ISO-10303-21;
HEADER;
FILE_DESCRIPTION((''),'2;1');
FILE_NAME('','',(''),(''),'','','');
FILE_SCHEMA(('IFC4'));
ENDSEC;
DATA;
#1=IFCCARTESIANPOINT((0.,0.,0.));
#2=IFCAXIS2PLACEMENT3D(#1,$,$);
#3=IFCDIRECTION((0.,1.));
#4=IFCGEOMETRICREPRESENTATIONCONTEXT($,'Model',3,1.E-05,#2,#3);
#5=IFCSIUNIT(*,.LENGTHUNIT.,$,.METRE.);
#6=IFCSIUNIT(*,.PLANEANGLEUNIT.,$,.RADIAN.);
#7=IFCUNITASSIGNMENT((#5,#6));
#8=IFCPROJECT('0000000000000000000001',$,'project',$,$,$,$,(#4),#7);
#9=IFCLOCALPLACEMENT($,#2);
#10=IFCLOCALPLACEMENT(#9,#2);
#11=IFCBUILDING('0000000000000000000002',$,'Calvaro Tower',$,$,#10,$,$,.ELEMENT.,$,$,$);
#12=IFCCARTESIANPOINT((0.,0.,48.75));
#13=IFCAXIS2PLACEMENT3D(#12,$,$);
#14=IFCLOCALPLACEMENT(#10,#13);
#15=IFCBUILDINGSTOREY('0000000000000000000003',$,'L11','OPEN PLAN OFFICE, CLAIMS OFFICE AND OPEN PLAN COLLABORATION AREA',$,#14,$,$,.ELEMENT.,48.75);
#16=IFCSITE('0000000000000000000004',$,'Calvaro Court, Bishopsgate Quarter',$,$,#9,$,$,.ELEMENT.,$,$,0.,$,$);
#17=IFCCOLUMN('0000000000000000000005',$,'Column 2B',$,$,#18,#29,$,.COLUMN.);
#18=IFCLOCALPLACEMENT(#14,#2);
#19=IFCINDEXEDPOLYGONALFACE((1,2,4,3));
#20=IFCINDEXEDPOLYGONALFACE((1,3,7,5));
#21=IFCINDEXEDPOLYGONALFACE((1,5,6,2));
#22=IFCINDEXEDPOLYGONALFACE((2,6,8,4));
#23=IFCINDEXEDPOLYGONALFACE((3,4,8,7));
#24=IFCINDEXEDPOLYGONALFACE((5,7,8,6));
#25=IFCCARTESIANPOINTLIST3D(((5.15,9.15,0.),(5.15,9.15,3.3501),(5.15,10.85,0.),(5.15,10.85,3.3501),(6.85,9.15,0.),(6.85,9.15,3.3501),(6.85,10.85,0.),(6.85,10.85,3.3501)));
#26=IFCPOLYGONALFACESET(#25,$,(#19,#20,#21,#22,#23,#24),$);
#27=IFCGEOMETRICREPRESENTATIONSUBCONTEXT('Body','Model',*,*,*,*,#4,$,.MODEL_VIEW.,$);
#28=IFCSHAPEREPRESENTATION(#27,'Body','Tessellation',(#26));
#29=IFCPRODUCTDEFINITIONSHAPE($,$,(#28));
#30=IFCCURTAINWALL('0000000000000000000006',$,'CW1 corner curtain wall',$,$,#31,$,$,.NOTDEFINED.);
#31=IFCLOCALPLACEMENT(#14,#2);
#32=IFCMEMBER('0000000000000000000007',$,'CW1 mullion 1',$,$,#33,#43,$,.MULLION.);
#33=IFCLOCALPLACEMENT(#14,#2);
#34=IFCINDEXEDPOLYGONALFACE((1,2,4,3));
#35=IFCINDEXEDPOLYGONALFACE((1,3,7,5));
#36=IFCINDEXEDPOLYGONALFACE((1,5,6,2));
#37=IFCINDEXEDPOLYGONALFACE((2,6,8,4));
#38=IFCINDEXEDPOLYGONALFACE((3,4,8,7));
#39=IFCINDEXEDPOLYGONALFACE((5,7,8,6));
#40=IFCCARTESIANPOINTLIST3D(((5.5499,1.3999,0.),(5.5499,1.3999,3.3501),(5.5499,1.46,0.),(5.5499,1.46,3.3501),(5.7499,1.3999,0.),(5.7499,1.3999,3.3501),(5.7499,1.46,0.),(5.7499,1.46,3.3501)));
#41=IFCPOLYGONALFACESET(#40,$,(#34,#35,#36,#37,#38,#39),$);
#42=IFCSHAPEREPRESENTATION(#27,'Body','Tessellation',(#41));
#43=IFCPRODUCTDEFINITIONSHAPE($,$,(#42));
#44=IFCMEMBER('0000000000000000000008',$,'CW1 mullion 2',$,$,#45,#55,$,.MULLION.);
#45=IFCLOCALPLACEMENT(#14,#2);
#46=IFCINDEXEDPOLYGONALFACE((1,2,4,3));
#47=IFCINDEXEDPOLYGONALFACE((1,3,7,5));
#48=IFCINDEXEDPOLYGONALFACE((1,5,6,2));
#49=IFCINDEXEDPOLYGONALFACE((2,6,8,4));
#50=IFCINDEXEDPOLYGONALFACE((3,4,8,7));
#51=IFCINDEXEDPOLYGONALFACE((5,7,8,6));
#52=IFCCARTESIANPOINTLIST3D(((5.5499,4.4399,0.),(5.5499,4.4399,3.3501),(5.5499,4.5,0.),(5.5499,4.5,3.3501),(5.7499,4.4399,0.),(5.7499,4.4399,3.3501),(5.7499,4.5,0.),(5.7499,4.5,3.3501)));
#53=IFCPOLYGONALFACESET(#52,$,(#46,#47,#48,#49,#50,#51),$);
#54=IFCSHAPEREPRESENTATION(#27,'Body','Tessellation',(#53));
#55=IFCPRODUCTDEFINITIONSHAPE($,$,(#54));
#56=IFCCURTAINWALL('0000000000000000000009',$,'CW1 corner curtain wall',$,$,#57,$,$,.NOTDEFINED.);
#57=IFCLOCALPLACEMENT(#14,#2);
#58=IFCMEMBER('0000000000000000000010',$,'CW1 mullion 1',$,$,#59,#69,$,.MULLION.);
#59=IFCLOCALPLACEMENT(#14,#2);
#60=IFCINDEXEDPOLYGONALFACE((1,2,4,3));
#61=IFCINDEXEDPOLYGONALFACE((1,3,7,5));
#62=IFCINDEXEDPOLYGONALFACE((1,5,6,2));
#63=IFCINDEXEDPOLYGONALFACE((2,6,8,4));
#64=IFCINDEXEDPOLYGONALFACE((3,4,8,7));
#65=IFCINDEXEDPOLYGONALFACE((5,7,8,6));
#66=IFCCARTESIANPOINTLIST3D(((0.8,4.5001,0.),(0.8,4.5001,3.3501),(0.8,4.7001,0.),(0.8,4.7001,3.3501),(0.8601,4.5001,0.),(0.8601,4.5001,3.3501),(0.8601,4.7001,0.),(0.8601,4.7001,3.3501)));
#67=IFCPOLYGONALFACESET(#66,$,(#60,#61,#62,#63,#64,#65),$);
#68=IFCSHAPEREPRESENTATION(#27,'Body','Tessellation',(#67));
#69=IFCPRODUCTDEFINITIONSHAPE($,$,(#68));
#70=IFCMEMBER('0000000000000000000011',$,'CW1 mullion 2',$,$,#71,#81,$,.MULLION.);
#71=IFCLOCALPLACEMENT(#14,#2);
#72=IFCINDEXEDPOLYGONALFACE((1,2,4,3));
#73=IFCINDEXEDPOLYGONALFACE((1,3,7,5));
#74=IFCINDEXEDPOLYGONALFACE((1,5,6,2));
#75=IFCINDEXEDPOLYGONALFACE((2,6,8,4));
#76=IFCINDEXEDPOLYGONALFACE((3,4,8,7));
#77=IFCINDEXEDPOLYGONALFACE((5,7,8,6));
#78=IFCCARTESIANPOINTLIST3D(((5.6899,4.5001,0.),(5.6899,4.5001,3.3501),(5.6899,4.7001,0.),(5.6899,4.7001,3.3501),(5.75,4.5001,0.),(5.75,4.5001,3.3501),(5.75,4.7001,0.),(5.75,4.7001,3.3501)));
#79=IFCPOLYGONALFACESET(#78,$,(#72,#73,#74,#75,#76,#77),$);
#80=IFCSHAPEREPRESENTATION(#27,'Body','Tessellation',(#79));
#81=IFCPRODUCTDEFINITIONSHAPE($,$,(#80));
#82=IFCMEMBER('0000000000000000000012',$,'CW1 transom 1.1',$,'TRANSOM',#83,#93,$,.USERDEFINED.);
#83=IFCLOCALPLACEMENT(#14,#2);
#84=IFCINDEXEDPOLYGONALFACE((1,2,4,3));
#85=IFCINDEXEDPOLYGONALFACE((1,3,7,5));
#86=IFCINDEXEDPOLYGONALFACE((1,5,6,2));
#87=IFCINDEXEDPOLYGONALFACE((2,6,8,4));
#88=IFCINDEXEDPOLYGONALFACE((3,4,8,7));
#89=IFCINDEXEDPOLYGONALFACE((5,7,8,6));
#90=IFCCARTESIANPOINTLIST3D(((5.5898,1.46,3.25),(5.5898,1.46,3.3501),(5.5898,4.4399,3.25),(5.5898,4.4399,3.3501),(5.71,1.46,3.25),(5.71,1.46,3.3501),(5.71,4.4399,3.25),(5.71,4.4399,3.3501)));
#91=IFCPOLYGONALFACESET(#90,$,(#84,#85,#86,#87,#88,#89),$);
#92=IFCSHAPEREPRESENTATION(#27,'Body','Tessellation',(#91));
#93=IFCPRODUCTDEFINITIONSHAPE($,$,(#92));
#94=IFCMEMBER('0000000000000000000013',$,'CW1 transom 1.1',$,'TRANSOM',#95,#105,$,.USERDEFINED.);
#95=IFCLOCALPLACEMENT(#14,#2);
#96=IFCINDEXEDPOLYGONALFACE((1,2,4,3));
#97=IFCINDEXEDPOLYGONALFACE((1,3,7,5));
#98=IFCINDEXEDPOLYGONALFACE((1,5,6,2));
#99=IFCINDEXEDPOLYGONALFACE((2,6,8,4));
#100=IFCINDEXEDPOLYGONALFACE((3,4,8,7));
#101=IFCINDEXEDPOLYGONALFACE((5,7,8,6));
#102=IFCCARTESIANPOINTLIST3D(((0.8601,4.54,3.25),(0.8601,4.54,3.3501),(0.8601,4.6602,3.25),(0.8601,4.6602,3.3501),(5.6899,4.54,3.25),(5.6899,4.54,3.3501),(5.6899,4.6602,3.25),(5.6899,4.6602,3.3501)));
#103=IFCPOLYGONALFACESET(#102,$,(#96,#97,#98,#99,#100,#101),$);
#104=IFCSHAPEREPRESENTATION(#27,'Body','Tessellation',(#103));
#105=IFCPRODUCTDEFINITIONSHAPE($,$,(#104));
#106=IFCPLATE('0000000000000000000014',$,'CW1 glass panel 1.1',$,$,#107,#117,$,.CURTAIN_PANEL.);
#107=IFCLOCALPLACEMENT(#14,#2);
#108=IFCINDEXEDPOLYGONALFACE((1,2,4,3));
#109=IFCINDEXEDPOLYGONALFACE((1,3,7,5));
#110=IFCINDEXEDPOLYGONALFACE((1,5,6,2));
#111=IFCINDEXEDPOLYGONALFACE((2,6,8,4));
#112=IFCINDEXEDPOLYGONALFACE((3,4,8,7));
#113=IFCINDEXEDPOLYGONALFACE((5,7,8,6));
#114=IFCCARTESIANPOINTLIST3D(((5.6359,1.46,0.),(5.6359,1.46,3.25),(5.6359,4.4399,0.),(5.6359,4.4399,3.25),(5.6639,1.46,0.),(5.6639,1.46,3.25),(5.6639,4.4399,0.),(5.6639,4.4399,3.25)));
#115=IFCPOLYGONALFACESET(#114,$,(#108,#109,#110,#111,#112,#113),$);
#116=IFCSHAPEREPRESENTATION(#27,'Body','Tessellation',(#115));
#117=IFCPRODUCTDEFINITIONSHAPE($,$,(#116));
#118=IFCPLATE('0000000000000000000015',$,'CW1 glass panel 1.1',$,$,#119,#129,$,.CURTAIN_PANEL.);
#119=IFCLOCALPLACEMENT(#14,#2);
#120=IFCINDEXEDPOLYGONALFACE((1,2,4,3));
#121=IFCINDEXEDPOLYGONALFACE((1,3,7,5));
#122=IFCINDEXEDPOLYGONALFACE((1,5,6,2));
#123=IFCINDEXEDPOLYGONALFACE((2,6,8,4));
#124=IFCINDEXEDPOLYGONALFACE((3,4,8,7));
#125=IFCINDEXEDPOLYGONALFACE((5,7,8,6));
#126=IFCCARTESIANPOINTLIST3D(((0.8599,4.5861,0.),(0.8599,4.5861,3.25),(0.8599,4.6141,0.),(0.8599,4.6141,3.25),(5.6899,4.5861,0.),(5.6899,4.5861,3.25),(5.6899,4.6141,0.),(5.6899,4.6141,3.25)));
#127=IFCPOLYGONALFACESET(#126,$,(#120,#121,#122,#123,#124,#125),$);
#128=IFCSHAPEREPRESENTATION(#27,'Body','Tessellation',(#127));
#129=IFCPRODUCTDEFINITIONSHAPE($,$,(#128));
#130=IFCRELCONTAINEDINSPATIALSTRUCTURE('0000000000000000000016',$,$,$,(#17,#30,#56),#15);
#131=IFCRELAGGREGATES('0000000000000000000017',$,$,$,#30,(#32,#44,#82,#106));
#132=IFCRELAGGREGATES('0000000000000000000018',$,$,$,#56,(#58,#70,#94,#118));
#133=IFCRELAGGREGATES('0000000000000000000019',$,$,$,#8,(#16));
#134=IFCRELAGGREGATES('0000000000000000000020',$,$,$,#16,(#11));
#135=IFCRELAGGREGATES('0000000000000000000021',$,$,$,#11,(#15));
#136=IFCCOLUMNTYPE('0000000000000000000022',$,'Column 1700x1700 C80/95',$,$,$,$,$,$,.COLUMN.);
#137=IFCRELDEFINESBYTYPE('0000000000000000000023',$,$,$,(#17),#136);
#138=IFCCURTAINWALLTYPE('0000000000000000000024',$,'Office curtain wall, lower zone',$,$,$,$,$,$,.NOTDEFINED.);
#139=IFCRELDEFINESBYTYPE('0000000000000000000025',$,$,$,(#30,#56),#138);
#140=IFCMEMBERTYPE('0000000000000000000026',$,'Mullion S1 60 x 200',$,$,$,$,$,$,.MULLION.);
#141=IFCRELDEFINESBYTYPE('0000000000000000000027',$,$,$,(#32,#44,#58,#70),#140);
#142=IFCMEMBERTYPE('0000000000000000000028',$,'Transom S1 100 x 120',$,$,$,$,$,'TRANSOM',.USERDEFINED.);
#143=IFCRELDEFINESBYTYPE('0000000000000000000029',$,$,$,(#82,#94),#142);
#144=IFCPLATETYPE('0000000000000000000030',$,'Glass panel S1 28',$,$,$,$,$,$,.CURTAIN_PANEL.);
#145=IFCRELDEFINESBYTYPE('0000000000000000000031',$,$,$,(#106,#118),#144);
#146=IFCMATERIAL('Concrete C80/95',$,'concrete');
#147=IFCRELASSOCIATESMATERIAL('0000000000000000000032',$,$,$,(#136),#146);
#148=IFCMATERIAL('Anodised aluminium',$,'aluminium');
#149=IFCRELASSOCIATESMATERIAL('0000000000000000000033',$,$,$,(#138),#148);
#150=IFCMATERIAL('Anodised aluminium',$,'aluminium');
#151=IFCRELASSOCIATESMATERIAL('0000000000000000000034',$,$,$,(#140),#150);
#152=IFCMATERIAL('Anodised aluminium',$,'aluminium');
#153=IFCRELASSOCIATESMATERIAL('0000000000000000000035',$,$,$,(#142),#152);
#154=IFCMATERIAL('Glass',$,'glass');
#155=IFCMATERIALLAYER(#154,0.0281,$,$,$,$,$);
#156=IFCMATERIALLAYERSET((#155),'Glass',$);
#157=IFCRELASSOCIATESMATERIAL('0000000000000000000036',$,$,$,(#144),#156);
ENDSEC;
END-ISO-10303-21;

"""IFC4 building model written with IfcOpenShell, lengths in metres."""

from ifc_helpers import new_model, si_unit, direction, frame, origin, origin_2d, place, context, subcontext, project, spatial, rectangle, extrude, material, layer, layer_set, material_profile, profile_set, type_object, element, aggregate, save


model = new_model("IFC4")

# Units and contexts
model_context = context("Model", 3, precision=1e-05, world=origin(), true_north=direction((0.0, 1.0)))
body_context = subcontext(model_context, "Body", "Model", "MODEL_VIEW")
ifc_project = project(units=[si_unit("LENGTHUNIT", "METRE"), si_unit("PLANEANGLEUNIT", "RADIAN")], contexts=[model_context])

# Site, building, storey
site_placement = place(None, origin())
site = spatial("IfcSite", under=ifc_project, at=site_placement, Name="Calvaro Court, Bishopsgate Quarter", CompositionType="ELEMENT", RefElevation=0.0)
building_placement = place(site_placement, origin())
building = spatial("IfcBuilding", under=site, at=building_placement, Name="Calvaro Tower", CompositionType="ELEMENT")
storey_placement = place(building_placement, frame((0.0, 0.0, 48.75)))
storey = spatial("IfcBuildingStorey", under=building, at=storey_placement, Name="L11", Description="OPEN PLAN OFFICE, CLAIMS OFFICE AND OPEN PLAN COLLABORATION AREA", CompositionType="ELEMENT", Elevation=48.75)

# Column
ifc_material_1 = material(Name="Concrete C80/95", Category="concrete")
ifc_material_profile_1 = material_profile(ifc_material_1, rectangle(XDim=1.7, YDim=1.7, at=origin_2d()), Name="RC 1700x1700")
ifc_profile_set_1 = profile_set([ifc_material_profile_1], Name="Concrete C80/95")
column_type = type_object("IfcColumnType", Name="Column 1700x1700 C80/95", PredefinedType="COLUMN", material=ifc_profile_set_1)
column_placement = place(storey_placement, frame((6.0, 10.0, 0.0), z_axis=(0.0, 0.0, 1.0), x_axis=(1.0, 0.0, 0.0)))
element("IfcColumn", 1, at=column_placement, inside=storey, type_object=column_type, Name="Column 2B", PredefinedType="COLUMN", context=body_context, shape_type="SweptSolid", body=[
    extrude(rectangle(XDim=1.7, YDim=1.7, at=origin_2d()), origin(), (0.0, 0.0, 1.0), 3.3501),
])

# Curtain walls, members
ifc_material_2 = material(Name="Anodised aluminium", Category="aluminium")
curtain_wall_type = type_object("IfcCurtainWallType", Name="Office curtain wall, lower zone", PredefinedType="NOTDEFINED", material=ifc_material_2)
curtain_wall_1_placement = place(storey_placement, origin())
curtain_wall_1 = element("IfcCurtainWall", 2, at=curtain_wall_1_placement, inside=storey, type_object=curtain_wall_type, Name="CW1 corner curtain wall", PredefinedType="NOTDEFINED")
ifc_material_3 = material(Name="Anodised aluminium", Category="aluminium")
ifc_material_profile_2 = material_profile(ifc_material_3, rectangle(XDim=0.2, YDim=0.0601, at=origin_2d()), Name="Mullion S1 60 x 200")
ifc_profile_set_2 = profile_set([ifc_material_profile_2], Name="Anodised aluminium")
member_type_1 = type_object("IfcMemberType", Name="Mullion S1 60 x 200", PredefinedType="MULLION", material=ifc_profile_set_2)
member_1_placement = place(storey_placement, frame((5.6499, 1.4299, 0.0), z_axis=(0.0, 0.0, 1.0), x_axis=(-1.0, 0.0, 0.0)))
member_1 = element("IfcMember", 3, at=member_1_placement, type_object=member_type_1, Name="CW1 mullion 1", PredefinedType="MULLION", context=body_context, shape_type="SweptSolid", body=[
    extrude(rectangle(XDim=0.2, YDim=0.0601, at=origin_2d()), origin(), (0.0, 0.0, 1.0), 3.3501),
])
member_2_placement = place(storey_placement, frame((5.6499, 4.47, 0.0), z_axis=(0.0, 0.0, 1.0), x_axis=(-1.0, 0.0, 0.0)))
member_2 = element("IfcMember", 4, at=member_2_placement, type_object=member_type_1, Name="CW1 mullion 2", PredefinedType="MULLION", context=body_context, shape_type="SweptSolid", body=[
    extrude(rectangle(XDim=0.2, YDim=0.0601, at=origin_2d()), origin(), (0.0, 0.0, 1.0), 3.3501),
])
curtain_wall_2_placement = place(storey_placement, origin())
curtain_wall_2 = element("IfcCurtainWall", 5, at=curtain_wall_2_placement, inside=storey, type_object=curtain_wall_type, Name="CW1 corner curtain wall", PredefinedType="NOTDEFINED")
member_3_placement = place(storey_placement, frame((0.8301, 4.6001, 0.0), z_axis=(0.0, 0.0, 1.0), x_axis=(0.0, 1.0, 0.0)))
member_3 = element("IfcMember", 6, at=member_3_placement, type_object=member_type_1, Name="CW1 mullion 1", PredefinedType="MULLION", context=body_context, shape_type="SweptSolid", body=[
    extrude(rectangle(XDim=0.2, YDim=0.0601, at=origin_2d()), origin(), (0.0, 0.0, 1.0), 3.3501),
])
member_4_placement = place(storey_placement, frame((5.72, 4.6001, 0.0), z_axis=(0.0, 0.0, 1.0), x_axis=(0.0, 1.0, 0.0)))
member_4 = element("IfcMember", 7, at=member_4_placement, type_object=member_type_1, Name="CW1 mullion 2", PredefinedType="MULLION", context=body_context, shape_type="SweptSolid", body=[
    extrude(rectangle(XDim=0.2, YDim=0.0601, at=origin_2d()), origin(), (0.0, 0.0, 1.0), 3.3501),
])

# Members
ifc_material_4 = material(Name="Anodised aluminium", Category="aluminium")
ifc_material_profile_3 = material_profile(ifc_material_4, rectangle(XDim=0.1201, YDim=0.1001, at=origin_2d()), Name="Transom S1 100 x 120")
ifc_profile_set_3 = profile_set([ifc_material_profile_3], Name="Anodised aluminium")
member_type_2 = type_object("IfcMemberType", Name="Transom S1 100 x 120", ElementType="TRANSOM", PredefinedType="USERDEFINED", material=ifc_profile_set_3)
member_5_placement = place(storey_placement, frame((5.6499, 1.46, 3.3), z_axis=(0.0, 1.0, 0.0), x_axis=(-1.0, 0.0, 0.0)))
member_5 = element("IfcMember", 8, at=member_5_placement, type_object=member_type_2, Name="CW1 transom 1.1", ObjectType="TRANSOM", PredefinedType="USERDEFINED", context=body_context, shape_type="SweptSolid", body=[
    extrude(rectangle(XDim=0.1201, YDim=0.1001, at=origin_2d()), origin(), (0.0, 0.0, 1.0), 2.98),
])
member_6_placement = place(storey_placement, frame((0.8601, 4.6001, 3.3), z_axis=(1.0, 0.0, 0.0), x_axis=(0.0, 1.0, 0.0)))
member_6 = element("IfcMember", 9, at=member_6_placement, type_object=member_type_2, Name="CW1 transom 1.1", ObjectType="TRANSOM", PredefinedType="USERDEFINED", context=body_context, shape_type="SweptSolid", body=[
    extrude(rectangle(XDim=0.1201, YDim=0.1001, at=origin_2d()), origin(), (0.0, 0.0, 1.0), 4.8298),
])

# Plates
ifc_material_5 = material(Name="Glass", Category="glass")
ifc_layer_1 = layer(ifc_material_5, 0.0281)
ifc_layer_set_1 = layer_set([ifc_layer_1], Name="Glass")
plate_type = type_object("IfcPlateType", Name="Glass panel S1 28", PredefinedType="CURTAIN_PANEL", material=ifc_layer_set_1)
plate_1_placement = place(storey_placement, frame((5.6499, 2.95, 0.0), z_axis=(0.0, 0.0, 1.0), x_axis=(0.0, 1.0, 0.0)))
plate_1 = element("IfcPlate", 10, at=plate_1_placement, type_object=plate_type, Name="CW1 glass panel 1.1", PredefinedType="CURTAIN_PANEL", context=body_context, shape_type="SweptSolid", body=[
    extrude(rectangle(XDim=2.98, YDim=0.0281, at=origin_2d()), origin(), (0.0, 0.0, 1.0), 3.25),
])
aggregate(curtain_wall_1, [member_1, member_2, member_5, plate_1])
plate_2_placement = place(storey_placement, frame((3.2749, 4.6001, 0.0), z_axis=(0.0, 0.0, 1.0), x_axis=(1.0, 0.0, 0.0)))
plate_2 = element("IfcPlate", 11, at=plate_2_placement, type_object=plate_type, Name="CW1 glass panel 1.1", PredefinedType="CURTAIN_PANEL", context=body_context, shape_type="SweptSolid", body=[
    extrude(rectangle(XDim=4.8301, YDim=0.0281, at=origin_2d()), origin(), (0.0, 0.0, 1.0), 3.25),
])
aggregate(curtain_wall_2, [member_3, member_4, member_6, plate_2])

save(model, "model.ifc")
